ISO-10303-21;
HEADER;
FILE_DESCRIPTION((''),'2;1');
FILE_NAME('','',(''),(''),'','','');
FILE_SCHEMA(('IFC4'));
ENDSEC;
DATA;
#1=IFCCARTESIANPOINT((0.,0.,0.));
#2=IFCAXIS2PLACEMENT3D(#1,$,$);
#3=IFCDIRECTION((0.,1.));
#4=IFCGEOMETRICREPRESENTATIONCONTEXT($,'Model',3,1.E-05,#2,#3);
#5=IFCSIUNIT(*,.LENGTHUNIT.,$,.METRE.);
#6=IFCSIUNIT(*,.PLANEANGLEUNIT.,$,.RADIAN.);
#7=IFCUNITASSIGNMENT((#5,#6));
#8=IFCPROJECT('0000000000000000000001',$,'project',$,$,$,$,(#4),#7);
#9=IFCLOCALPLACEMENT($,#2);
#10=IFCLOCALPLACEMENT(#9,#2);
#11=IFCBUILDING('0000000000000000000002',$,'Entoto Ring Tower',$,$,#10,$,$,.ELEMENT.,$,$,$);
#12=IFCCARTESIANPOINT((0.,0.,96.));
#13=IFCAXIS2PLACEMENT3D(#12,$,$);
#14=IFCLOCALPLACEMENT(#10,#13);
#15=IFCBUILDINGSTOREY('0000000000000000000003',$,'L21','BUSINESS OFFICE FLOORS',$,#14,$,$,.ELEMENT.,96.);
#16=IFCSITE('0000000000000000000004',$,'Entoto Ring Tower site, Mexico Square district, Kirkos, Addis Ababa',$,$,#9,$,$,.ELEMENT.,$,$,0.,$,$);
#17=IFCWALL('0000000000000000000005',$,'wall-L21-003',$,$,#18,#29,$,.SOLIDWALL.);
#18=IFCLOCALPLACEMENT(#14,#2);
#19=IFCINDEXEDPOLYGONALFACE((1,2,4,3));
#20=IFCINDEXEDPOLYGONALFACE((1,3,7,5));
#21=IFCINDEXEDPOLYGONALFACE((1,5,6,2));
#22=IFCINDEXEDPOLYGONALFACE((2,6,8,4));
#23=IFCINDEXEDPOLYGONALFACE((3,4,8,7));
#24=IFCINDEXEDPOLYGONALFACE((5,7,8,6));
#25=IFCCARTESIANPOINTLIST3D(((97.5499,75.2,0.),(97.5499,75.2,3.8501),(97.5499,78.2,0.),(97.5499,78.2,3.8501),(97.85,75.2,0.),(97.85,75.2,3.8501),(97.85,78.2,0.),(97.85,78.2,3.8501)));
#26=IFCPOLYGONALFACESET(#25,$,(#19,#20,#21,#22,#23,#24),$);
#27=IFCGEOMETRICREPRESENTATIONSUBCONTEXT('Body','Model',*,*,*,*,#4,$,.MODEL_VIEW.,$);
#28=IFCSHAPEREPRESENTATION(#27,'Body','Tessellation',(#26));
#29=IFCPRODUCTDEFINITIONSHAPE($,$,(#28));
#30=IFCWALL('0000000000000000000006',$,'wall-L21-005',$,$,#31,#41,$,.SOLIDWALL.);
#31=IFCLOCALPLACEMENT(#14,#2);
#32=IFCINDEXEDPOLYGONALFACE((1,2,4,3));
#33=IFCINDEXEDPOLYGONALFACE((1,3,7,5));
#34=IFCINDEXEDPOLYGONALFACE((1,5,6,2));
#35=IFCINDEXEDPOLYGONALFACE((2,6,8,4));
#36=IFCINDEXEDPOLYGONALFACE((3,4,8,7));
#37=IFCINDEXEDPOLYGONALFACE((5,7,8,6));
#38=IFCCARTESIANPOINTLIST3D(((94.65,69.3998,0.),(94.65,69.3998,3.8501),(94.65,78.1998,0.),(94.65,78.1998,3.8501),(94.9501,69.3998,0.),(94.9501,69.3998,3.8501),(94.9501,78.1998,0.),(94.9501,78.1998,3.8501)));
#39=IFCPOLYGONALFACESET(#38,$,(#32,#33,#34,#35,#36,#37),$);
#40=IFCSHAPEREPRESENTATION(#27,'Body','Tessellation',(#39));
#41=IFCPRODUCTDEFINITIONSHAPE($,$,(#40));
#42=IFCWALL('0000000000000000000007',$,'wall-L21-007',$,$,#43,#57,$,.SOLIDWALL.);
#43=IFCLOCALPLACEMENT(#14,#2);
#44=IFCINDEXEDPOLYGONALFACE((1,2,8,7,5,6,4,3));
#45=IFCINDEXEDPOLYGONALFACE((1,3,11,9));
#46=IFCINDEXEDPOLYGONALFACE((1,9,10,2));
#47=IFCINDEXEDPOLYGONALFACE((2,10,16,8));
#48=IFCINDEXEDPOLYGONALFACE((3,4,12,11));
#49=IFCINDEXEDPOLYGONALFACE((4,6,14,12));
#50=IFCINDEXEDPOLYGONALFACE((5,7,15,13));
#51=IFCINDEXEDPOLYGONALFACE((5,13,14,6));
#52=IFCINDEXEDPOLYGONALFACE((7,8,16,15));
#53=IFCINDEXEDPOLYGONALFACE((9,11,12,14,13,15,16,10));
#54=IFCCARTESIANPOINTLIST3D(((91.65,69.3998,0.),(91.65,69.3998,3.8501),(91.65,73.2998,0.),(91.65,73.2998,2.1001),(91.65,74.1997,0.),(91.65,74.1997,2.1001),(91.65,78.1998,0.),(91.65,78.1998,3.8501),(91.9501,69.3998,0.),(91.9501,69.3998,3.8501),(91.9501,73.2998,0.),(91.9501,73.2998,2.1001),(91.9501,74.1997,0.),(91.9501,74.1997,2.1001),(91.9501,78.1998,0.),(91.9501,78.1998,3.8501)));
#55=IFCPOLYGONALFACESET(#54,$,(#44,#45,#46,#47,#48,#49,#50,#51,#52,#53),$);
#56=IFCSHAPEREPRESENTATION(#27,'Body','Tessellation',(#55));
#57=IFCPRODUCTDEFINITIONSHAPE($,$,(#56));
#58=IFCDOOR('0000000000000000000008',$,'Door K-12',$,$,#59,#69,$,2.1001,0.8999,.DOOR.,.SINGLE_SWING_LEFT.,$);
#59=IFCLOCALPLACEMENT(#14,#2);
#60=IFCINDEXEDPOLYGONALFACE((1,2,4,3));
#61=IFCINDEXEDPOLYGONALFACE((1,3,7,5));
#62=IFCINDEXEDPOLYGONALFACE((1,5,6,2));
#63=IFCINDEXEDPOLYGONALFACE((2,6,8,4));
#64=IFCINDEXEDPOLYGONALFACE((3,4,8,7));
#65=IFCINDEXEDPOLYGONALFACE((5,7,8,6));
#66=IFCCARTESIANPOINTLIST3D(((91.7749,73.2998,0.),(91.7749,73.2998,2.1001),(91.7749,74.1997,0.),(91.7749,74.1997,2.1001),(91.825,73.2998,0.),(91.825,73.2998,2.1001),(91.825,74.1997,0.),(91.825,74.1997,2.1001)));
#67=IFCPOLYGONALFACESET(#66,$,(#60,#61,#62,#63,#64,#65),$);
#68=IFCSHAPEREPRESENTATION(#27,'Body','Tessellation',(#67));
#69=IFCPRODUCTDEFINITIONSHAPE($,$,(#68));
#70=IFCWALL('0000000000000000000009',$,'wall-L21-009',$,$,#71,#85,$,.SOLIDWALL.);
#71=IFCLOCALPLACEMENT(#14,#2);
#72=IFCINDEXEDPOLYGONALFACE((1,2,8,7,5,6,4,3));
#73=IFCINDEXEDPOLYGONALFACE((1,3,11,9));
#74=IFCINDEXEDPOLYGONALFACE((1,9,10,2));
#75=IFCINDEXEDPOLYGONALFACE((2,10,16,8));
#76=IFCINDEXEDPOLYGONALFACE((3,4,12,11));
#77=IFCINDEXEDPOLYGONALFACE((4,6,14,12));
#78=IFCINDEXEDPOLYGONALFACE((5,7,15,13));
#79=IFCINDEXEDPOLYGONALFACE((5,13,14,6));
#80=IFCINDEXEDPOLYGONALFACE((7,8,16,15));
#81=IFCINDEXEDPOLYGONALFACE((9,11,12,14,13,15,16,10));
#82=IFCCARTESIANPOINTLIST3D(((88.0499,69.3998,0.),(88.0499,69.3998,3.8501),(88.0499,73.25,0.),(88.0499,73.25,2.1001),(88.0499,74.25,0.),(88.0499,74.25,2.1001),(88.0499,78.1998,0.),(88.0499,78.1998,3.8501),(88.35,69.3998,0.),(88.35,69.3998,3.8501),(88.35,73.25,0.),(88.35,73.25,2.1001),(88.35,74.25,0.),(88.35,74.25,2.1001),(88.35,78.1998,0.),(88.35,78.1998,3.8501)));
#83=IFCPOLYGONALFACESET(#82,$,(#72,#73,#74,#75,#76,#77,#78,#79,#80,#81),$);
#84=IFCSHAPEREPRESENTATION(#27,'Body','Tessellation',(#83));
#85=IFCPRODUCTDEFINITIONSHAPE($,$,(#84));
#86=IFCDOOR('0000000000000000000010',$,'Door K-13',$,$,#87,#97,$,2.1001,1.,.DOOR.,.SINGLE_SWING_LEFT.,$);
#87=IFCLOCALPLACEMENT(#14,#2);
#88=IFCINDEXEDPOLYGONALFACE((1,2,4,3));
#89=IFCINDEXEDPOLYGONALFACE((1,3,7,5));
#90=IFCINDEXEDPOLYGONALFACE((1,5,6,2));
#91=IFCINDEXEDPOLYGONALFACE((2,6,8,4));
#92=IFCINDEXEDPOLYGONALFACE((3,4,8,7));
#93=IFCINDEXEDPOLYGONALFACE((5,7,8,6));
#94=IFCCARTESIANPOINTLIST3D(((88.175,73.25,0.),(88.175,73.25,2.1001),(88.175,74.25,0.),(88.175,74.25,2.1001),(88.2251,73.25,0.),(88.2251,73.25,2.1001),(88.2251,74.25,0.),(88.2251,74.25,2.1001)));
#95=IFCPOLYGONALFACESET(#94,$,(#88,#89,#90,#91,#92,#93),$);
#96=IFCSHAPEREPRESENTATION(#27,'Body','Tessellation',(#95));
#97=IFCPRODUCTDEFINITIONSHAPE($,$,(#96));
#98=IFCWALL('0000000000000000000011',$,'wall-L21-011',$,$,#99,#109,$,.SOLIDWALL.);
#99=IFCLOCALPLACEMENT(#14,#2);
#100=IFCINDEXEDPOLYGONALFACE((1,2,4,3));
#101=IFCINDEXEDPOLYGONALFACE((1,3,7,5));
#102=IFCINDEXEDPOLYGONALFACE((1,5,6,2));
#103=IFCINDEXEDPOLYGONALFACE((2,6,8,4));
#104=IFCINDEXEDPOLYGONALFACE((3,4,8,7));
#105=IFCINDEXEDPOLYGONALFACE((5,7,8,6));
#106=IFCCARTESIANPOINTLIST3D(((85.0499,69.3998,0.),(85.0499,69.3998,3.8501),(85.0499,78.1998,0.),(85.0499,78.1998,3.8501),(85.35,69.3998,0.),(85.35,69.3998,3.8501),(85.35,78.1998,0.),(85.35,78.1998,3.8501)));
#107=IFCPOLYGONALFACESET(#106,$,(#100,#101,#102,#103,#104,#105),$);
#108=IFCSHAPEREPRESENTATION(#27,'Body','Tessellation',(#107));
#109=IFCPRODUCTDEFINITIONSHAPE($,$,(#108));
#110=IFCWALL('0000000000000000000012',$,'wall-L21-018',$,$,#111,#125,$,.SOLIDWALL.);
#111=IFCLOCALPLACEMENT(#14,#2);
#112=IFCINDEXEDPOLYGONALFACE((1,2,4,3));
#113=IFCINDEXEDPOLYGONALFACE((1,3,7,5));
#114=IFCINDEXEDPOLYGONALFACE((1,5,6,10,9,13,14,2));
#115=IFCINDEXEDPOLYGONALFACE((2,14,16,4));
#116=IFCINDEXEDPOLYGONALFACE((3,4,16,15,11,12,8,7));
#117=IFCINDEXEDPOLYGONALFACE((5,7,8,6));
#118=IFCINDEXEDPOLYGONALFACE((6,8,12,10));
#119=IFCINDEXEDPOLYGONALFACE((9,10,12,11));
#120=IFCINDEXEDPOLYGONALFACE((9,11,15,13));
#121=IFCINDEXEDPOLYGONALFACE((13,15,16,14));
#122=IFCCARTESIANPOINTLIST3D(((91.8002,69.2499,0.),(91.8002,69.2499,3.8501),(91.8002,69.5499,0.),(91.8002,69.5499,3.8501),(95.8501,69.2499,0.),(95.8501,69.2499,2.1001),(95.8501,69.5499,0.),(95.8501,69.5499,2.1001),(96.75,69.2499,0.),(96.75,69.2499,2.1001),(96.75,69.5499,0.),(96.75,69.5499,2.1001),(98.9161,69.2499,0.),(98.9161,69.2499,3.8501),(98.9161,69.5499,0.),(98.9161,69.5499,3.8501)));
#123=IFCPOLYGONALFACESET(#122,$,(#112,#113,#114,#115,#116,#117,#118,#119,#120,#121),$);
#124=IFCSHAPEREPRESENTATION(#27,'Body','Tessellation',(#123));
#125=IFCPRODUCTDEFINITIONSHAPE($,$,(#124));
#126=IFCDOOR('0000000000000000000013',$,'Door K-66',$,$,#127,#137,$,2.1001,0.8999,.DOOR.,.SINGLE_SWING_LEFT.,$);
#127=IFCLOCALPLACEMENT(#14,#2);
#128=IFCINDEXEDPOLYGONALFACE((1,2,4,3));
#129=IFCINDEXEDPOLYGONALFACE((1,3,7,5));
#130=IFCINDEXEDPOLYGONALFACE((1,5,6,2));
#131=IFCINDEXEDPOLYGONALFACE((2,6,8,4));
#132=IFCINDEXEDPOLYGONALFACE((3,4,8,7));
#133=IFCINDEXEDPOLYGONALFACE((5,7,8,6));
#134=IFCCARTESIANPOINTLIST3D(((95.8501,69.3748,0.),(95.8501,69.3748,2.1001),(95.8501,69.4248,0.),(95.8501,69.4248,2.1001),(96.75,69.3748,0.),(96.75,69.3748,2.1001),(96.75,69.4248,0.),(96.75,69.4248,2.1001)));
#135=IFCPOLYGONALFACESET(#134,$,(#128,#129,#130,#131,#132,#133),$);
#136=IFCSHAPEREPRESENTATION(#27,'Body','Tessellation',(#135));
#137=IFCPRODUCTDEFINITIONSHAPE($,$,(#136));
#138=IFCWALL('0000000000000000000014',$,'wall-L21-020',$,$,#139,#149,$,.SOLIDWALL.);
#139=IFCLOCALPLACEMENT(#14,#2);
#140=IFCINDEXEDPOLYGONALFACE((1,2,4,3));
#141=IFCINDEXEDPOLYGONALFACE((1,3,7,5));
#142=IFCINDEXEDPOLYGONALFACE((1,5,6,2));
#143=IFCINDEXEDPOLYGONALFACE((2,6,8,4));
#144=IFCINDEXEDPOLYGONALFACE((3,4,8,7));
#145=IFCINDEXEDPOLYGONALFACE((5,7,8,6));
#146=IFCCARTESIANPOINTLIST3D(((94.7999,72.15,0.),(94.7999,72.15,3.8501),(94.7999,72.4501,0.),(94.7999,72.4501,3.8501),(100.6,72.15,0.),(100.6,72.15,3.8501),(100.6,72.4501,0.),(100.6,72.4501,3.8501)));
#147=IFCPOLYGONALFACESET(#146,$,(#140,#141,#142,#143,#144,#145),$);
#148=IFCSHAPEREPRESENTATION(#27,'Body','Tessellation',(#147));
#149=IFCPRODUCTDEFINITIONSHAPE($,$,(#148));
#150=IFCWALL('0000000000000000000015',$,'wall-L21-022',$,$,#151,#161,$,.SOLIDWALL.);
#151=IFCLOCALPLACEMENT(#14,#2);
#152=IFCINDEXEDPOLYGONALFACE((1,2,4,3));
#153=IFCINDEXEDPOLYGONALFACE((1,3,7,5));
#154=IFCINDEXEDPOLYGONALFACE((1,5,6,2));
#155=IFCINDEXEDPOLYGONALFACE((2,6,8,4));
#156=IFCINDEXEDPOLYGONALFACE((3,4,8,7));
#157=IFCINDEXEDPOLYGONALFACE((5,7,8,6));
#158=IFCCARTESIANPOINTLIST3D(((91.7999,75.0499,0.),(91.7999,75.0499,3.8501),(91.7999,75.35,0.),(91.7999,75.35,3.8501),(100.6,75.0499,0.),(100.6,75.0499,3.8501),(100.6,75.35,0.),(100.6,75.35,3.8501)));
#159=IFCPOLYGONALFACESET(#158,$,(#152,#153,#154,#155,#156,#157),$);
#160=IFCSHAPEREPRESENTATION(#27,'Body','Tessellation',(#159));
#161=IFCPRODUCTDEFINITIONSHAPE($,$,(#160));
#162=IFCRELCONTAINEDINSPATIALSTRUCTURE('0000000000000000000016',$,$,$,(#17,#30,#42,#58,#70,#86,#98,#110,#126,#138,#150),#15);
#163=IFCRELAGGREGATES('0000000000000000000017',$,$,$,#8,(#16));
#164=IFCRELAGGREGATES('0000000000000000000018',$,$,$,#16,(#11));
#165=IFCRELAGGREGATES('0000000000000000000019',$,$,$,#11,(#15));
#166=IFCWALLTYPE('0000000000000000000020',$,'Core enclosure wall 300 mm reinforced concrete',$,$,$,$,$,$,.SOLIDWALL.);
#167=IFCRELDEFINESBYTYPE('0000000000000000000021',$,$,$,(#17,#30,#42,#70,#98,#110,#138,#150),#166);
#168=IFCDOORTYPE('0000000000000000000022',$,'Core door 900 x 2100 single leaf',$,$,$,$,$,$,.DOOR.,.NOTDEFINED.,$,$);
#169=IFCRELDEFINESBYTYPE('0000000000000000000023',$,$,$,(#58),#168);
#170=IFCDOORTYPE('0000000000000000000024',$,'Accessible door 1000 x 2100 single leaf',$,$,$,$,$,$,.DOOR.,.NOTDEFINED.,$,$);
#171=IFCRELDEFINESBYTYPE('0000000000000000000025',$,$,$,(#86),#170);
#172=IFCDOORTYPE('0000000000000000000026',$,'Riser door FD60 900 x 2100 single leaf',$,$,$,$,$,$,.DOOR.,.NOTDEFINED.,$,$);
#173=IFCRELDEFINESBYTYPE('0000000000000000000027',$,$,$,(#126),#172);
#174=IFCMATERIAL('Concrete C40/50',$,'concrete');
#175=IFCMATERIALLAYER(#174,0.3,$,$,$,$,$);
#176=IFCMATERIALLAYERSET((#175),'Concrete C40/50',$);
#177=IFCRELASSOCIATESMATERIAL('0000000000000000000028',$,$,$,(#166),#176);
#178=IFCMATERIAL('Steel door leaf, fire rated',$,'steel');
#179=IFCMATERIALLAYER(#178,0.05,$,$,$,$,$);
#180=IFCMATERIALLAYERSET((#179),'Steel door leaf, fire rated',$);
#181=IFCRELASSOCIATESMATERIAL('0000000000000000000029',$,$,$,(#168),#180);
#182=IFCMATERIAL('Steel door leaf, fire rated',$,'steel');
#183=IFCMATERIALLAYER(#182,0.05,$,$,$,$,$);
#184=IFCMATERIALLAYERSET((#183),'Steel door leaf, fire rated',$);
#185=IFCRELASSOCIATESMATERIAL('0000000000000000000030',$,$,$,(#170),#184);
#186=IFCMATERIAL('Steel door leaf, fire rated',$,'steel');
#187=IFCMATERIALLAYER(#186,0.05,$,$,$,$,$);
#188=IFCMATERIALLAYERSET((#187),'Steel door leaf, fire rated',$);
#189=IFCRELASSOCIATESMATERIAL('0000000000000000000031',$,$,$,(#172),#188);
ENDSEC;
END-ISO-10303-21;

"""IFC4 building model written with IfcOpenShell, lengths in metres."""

from ifc_helpers import new_model, si_unit, direction, frame, frame_2d, origin, place, context, subcontext, project, spatial, rectangle, extrude, material, layer, layer_set, type_object, element, fill, save


model = new_model("IFC4")

# Units and contexts
model_context = context("Model", 3, precision=1e-05, world=origin(), true_north=direction((0.0, 1.0)))
body_context = subcontext(model_context, "Body", "Model", "MODEL_VIEW")
ifc_project = project(units=[si_unit("LENGTHUNIT", "METRE"), si_unit("PLANEANGLEUNIT", "RADIAN")], contexts=[model_context])

# Site, building, storey
site_placement = place(None, origin())
site = spatial("IfcSite", under=ifc_project, at=site_placement, Name="Entoto Ring Tower site, Mexico Square district, Kirkos, Addis Ababa", CompositionType="ELEMENT", RefElevation=0.0)
building_placement = place(site_placement, origin())
building = spatial("IfcBuilding", under=site, at=building_placement, Name="Entoto Ring Tower", CompositionType="ELEMENT")
storey_placement = place(building_placement, frame((0.0, 0.0, 96.0)))
storey = spatial("IfcBuildingStorey", under=building, at=storey_placement, Name="L21", Description="BUSINESS OFFICE FLOORS", CompositionType="ELEMENT", Elevation=96.0)

# Walls
ifc_material_1 = material(Name="Concrete C40/50", Category="concrete")
ifc_layer_1 = layer(ifc_material_1, 0.3)
ifc_layer_set_1 = layer_set([ifc_layer_1], Name="Concrete C40/50")
wall_type_1 = type_object("IfcWallType", Name="Core enclosure wall 300 mm reinforced concrete", PredefinedType="SOLIDWALL", material=ifc_layer_set_1)
wall_1_placement = place(storey_placement, frame((97.7, 75.2, 0.0), z_axis=(0.0, 0.0, 1.0), x_axis=(0.0, 1.0, 0.0)))
element("IfcWall", 1, at=wall_1_placement, inside=storey, type_object=wall_type_1, Name="wall-L21-003", PredefinedType="SOLIDWALL", context=body_context, shape_type="SweptSolid", body=[
    extrude(rectangle(XDim=3.0, YDim=0.3, at=frame_2d((1.5, 0.0))), origin(), (0.0, 0.0, 1.0), 3.8501),
])
wall_2_placement = place(storey_placement, frame((94.8, 69.3999, 0.0), z_axis=(0.0, 0.0, 1.0), x_axis=(0.0, 1.0, 0.0)))
element("IfcWall", 2, at=wall_2_placement, inside=storey, type_object=wall_type_1, Name="wall-L21-005", PredefinedType="SOLIDWALL", context=body_context, shape_type="SweptSolid", body=[
    extrude(rectangle(XDim=8.8, YDim=0.3, at=frame_2d((4.3999, 0.0))), origin(), (0.0, 0.0, 1.0), 3.8501),
])

# Walls, openings, doors
wall_3_placement = place(storey_placement, frame((91.8, 69.3999, 0.0), z_axis=(0.0, 0.0, 1.0), x_axis=(0.0, 1.0, 0.0)))
wall_3 = element("IfcWall", 3, at=wall_3_placement, inside=storey, type_object=wall_type_1, Name="wall-L21-007", PredefinedType="SOLIDWALL", context=body_context, shape_type="SweptSolid", body=[
    extrude(rectangle(XDim=8.8, YDim=0.3, at=frame_2d((4.3999, 0.0))), origin(), (0.0, 0.0, 1.0), 3.8501),
])
opening_1_placement = place(wall_3_placement, frame((3.8999, 0.0, 0.0)))
opening_1 = element("IfcOpeningElement", 4, at=opening_1_placement, cuts=wall_3, PredefinedType="OPENING", context=body_context, shape_type="SweptSolid", body=[
    extrude(rectangle(XDim=0.8999, YDim=2.1001, at=frame_2d((0.45, 1.05))), frame((0.0, 0.1602, 0.0), z_axis=(0.0, -1.0, 0.0), x_axis=(1.0, 0.0, 0.0)), (0.0, 0.0, 1.0), 0.3201),
])
ifc_material_2 = material(Name="Steel door leaf, fire rated", Category="steel")
ifc_layer_2 = layer(ifc_material_2, 0.05)
ifc_layer_set_2 = layer_set([ifc_layer_2], Name="Steel door leaf, fire rated")
door_type_1 = type_object("IfcDoorType", Name="Core door 900 x 2100 single leaf", OperationType="NOTDEFINED", PredefinedType="DOOR", material=ifc_layer_set_2)
door_1_placement = place(opening_1_placement, frame((0.8999, 0.0, 0.0), z_axis=(0.0, 0.0, 1.0), x_axis=(-1.0, 0.0, 0.0)))
door_1 = element("IfcDoor", 5, at=door_1_placement, inside=storey, type_object=door_type_1, Name="Door K-12", OperationType="SINGLE_SWING_LEFT", OverallHeight=2.1001, OverallWidth=0.8999, PredefinedType="DOOR", context=body_context, shape_type="SweptSolid", body=[
    extrude(rectangle(XDim=0.8999, YDim=2.1001, at=frame_2d((0.45, 1.05))), frame((0.0, 0.0249, 0.0), z_axis=(0.0, -1.0, 0.0), x_axis=(1.0, 0.0, 0.0)), (0.0, 0.0, 1.0), 0.05),
])
fill(opening_1, door_1)
wall_4_placement = place(storey_placement, frame((88.2, 69.3999, 0.0), z_axis=(0.0, 0.0, 1.0), x_axis=(0.0, 1.0, 0.0)))
wall_4 = element("IfcWall", 6, at=wall_4_placement, inside=storey, type_object=wall_type_1, Name="wall-L21-009", PredefinedType="SOLIDWALL", context=body_context, shape_type="SweptSolid", body=[
    extrude(rectangle(XDim=8.8, YDim=0.3, at=frame_2d((4.3999, 0.0))), origin(), (0.0, 0.0, 1.0), 3.8501),
])
opening_2_placement = place(wall_4_placement, frame((3.8501, 0.0, 0.0)))
opening_2 = element("IfcOpeningElement", 7, at=opening_2_placement, cuts=wall_4, PredefinedType="OPENING", context=body_context, shape_type="SweptSolid", body=[
    extrude(rectangle(XDim=1.0, YDim=2.1001, at=frame_2d((0.5, 1.05))), frame((0.0, 0.1602, 0.0), z_axis=(0.0, -1.0, 0.0), x_axis=(1.0, 0.0, 0.0)), (0.0, 0.0, 1.0), 0.3201),
])
ifc_material_3 = material(Name="Steel door leaf, fire rated", Category="steel")
ifc_layer_3 = layer(ifc_material_3, 0.05)
ifc_layer_set_3 = layer_set([ifc_layer_3], Name="Steel door leaf, fire rated")
door_type_2 = type_object("IfcDoorType", Name="Accessible door 1000 x 2100 single leaf", OperationType="NOTDEFINED", PredefinedType="DOOR", material=ifc_layer_set_3)
door_2_placement = place(opening_2_placement, origin())
door_2 = element("IfcDoor", 8, at=door_2_placement, inside=storey, type_object=door_type_2, Name="Door K-13", OperationType="SINGLE_SWING_LEFT", OverallHeight=2.1001, OverallWidth=1.0, PredefinedType="DOOR", context=body_context, shape_type="SweptSolid", body=[
    extrude(rectangle(XDim=1.0, YDim=2.1001, at=frame_2d((0.5, 1.05))), frame((0.0, 0.0249, 0.0), z_axis=(0.0, -1.0, 0.0), x_axis=(1.0, 0.0, 0.0)), (0.0, 0.0, 1.0), 0.05),
])
fill(opening_2, door_2)

# Wall
wall_5_placement = place(storey_placement, frame((85.2, 69.3999, 0.0), z_axis=(0.0, 0.0, 1.0), x_axis=(0.0, 1.0, 0.0)))
element("IfcWall", 9, at=wall_5_placement, inside=storey, type_object=wall_type_1, Name="wall-L21-011", PredefinedType="SOLIDWALL", context=body_context, shape_type="SweptSolid", body=[
    extrude(rectangle(XDim=8.8, YDim=0.3, at=frame_2d((4.3999, 0.0))), origin(), (0.0, 0.0, 1.0), 3.8501),
])

# Wall, opening, door
wall_6_placement = place(storey_placement, frame((91.8, 69.3999, 0.0), z_axis=(0.0, 0.0, 1.0), x_axis=(1.0, 0.0, 0.0)))
wall_6 = element("IfcWall", 10, at=wall_6_placement, inside=storey, type_object=wall_type_1, Name="wall-L21-018", PredefinedType="SOLIDWALL", context=body_context, shape_type="SweptSolid", body=[
    extrude(rectangle(XDim=7.116, YDim=0.3, at=frame_2d((3.5581, 0.0))), origin(), (0.0, 0.0, 1.0), 3.8501),
])
opening_3_placement = place(wall_6_placement, frame((4.05, 0.0, 0.0)))
opening_3 = element("IfcOpeningElement", 11, at=opening_3_placement, cuts=wall_6, PredefinedType="OPENING", context=body_context, shape_type="SweptSolid", body=[
    extrude(rectangle(XDim=0.8999, YDim=2.1001, at=frame_2d((0.45, 1.05))), frame((0.0, 0.1602, 0.0), z_axis=(0.0, -1.0, 0.0), x_axis=(1.0, 0.0, 0.0)), (0.0, 0.0, 1.0), 0.3201),
])
ifc_material_4 = material(Name="Steel door leaf, fire rated", Category="steel")
ifc_layer_4 = layer(ifc_material_4, 0.05)
ifc_layer_set_4 = layer_set([ifc_layer_4], Name="Steel door leaf, fire rated")
door_type_3 = type_object("IfcDoorType", Name="Riser door FD60 900 x 2100 single leaf", OperationType="NOTDEFINED", PredefinedType="DOOR", material=ifc_layer_set_4)
door_3_placement = place(opening_3_placement, origin())
door_3 = element("IfcDoor", 12, at=door_3_placement, inside=storey, type_object=door_type_3, Name="Door K-66", OperationType="SINGLE_SWING_LEFT", OverallHeight=2.1001, OverallWidth=0.8999, PredefinedType="DOOR", context=body_context, shape_type="SweptSolid", body=[
    extrude(rectangle(XDim=0.8999, YDim=2.1001, at=frame_2d((0.45, 1.05))), frame((0.0, 0.0249, 0.0), z_axis=(0.0, -1.0, 0.0), x_axis=(1.0, 0.0, 0.0)), (0.0, 0.0, 1.0), 0.05),
])
fill(opening_3, door_3)

# Walls
wall_7_placement = place(storey_placement, frame((94.8, 72.3, 0.0), z_axis=(0.0, 0.0, 1.0), x_axis=(1.0, 0.0, 0.0)))
element("IfcWall", 13, at=wall_7_placement, inside=storey, type_object=wall_type_1, Name="wall-L21-020", PredefinedType="SOLIDWALL", context=body_context, shape_type="SweptSolid", body=[
    extrude(rectangle(XDim=5.8, YDim=0.3, at=frame_2d((2.8999, 0.0))), origin(), (0.0, 0.0, 1.0), 3.8501),
])
wall_8_placement = place(storey_placement, frame((91.8, 75.2, 0.0), z_axis=(0.0, 0.0, 1.0), x_axis=(1.0, 0.0, 0.0)))
element("IfcWall", 14, at=wall_8_placement, inside=storey, type_object=wall_type_1, Name="wall-L21-022", PredefinedType="SOLIDWALL", context=body_context, shape_type="SweptSolid", body=[
    extrude(rectangle(XDim=8.8, YDim=0.3, at=frame_2d((4.3999, 0.0))), origin(), (0.0, 0.0, 1.0), 3.8501),
])

save(model, "model.ifc")
